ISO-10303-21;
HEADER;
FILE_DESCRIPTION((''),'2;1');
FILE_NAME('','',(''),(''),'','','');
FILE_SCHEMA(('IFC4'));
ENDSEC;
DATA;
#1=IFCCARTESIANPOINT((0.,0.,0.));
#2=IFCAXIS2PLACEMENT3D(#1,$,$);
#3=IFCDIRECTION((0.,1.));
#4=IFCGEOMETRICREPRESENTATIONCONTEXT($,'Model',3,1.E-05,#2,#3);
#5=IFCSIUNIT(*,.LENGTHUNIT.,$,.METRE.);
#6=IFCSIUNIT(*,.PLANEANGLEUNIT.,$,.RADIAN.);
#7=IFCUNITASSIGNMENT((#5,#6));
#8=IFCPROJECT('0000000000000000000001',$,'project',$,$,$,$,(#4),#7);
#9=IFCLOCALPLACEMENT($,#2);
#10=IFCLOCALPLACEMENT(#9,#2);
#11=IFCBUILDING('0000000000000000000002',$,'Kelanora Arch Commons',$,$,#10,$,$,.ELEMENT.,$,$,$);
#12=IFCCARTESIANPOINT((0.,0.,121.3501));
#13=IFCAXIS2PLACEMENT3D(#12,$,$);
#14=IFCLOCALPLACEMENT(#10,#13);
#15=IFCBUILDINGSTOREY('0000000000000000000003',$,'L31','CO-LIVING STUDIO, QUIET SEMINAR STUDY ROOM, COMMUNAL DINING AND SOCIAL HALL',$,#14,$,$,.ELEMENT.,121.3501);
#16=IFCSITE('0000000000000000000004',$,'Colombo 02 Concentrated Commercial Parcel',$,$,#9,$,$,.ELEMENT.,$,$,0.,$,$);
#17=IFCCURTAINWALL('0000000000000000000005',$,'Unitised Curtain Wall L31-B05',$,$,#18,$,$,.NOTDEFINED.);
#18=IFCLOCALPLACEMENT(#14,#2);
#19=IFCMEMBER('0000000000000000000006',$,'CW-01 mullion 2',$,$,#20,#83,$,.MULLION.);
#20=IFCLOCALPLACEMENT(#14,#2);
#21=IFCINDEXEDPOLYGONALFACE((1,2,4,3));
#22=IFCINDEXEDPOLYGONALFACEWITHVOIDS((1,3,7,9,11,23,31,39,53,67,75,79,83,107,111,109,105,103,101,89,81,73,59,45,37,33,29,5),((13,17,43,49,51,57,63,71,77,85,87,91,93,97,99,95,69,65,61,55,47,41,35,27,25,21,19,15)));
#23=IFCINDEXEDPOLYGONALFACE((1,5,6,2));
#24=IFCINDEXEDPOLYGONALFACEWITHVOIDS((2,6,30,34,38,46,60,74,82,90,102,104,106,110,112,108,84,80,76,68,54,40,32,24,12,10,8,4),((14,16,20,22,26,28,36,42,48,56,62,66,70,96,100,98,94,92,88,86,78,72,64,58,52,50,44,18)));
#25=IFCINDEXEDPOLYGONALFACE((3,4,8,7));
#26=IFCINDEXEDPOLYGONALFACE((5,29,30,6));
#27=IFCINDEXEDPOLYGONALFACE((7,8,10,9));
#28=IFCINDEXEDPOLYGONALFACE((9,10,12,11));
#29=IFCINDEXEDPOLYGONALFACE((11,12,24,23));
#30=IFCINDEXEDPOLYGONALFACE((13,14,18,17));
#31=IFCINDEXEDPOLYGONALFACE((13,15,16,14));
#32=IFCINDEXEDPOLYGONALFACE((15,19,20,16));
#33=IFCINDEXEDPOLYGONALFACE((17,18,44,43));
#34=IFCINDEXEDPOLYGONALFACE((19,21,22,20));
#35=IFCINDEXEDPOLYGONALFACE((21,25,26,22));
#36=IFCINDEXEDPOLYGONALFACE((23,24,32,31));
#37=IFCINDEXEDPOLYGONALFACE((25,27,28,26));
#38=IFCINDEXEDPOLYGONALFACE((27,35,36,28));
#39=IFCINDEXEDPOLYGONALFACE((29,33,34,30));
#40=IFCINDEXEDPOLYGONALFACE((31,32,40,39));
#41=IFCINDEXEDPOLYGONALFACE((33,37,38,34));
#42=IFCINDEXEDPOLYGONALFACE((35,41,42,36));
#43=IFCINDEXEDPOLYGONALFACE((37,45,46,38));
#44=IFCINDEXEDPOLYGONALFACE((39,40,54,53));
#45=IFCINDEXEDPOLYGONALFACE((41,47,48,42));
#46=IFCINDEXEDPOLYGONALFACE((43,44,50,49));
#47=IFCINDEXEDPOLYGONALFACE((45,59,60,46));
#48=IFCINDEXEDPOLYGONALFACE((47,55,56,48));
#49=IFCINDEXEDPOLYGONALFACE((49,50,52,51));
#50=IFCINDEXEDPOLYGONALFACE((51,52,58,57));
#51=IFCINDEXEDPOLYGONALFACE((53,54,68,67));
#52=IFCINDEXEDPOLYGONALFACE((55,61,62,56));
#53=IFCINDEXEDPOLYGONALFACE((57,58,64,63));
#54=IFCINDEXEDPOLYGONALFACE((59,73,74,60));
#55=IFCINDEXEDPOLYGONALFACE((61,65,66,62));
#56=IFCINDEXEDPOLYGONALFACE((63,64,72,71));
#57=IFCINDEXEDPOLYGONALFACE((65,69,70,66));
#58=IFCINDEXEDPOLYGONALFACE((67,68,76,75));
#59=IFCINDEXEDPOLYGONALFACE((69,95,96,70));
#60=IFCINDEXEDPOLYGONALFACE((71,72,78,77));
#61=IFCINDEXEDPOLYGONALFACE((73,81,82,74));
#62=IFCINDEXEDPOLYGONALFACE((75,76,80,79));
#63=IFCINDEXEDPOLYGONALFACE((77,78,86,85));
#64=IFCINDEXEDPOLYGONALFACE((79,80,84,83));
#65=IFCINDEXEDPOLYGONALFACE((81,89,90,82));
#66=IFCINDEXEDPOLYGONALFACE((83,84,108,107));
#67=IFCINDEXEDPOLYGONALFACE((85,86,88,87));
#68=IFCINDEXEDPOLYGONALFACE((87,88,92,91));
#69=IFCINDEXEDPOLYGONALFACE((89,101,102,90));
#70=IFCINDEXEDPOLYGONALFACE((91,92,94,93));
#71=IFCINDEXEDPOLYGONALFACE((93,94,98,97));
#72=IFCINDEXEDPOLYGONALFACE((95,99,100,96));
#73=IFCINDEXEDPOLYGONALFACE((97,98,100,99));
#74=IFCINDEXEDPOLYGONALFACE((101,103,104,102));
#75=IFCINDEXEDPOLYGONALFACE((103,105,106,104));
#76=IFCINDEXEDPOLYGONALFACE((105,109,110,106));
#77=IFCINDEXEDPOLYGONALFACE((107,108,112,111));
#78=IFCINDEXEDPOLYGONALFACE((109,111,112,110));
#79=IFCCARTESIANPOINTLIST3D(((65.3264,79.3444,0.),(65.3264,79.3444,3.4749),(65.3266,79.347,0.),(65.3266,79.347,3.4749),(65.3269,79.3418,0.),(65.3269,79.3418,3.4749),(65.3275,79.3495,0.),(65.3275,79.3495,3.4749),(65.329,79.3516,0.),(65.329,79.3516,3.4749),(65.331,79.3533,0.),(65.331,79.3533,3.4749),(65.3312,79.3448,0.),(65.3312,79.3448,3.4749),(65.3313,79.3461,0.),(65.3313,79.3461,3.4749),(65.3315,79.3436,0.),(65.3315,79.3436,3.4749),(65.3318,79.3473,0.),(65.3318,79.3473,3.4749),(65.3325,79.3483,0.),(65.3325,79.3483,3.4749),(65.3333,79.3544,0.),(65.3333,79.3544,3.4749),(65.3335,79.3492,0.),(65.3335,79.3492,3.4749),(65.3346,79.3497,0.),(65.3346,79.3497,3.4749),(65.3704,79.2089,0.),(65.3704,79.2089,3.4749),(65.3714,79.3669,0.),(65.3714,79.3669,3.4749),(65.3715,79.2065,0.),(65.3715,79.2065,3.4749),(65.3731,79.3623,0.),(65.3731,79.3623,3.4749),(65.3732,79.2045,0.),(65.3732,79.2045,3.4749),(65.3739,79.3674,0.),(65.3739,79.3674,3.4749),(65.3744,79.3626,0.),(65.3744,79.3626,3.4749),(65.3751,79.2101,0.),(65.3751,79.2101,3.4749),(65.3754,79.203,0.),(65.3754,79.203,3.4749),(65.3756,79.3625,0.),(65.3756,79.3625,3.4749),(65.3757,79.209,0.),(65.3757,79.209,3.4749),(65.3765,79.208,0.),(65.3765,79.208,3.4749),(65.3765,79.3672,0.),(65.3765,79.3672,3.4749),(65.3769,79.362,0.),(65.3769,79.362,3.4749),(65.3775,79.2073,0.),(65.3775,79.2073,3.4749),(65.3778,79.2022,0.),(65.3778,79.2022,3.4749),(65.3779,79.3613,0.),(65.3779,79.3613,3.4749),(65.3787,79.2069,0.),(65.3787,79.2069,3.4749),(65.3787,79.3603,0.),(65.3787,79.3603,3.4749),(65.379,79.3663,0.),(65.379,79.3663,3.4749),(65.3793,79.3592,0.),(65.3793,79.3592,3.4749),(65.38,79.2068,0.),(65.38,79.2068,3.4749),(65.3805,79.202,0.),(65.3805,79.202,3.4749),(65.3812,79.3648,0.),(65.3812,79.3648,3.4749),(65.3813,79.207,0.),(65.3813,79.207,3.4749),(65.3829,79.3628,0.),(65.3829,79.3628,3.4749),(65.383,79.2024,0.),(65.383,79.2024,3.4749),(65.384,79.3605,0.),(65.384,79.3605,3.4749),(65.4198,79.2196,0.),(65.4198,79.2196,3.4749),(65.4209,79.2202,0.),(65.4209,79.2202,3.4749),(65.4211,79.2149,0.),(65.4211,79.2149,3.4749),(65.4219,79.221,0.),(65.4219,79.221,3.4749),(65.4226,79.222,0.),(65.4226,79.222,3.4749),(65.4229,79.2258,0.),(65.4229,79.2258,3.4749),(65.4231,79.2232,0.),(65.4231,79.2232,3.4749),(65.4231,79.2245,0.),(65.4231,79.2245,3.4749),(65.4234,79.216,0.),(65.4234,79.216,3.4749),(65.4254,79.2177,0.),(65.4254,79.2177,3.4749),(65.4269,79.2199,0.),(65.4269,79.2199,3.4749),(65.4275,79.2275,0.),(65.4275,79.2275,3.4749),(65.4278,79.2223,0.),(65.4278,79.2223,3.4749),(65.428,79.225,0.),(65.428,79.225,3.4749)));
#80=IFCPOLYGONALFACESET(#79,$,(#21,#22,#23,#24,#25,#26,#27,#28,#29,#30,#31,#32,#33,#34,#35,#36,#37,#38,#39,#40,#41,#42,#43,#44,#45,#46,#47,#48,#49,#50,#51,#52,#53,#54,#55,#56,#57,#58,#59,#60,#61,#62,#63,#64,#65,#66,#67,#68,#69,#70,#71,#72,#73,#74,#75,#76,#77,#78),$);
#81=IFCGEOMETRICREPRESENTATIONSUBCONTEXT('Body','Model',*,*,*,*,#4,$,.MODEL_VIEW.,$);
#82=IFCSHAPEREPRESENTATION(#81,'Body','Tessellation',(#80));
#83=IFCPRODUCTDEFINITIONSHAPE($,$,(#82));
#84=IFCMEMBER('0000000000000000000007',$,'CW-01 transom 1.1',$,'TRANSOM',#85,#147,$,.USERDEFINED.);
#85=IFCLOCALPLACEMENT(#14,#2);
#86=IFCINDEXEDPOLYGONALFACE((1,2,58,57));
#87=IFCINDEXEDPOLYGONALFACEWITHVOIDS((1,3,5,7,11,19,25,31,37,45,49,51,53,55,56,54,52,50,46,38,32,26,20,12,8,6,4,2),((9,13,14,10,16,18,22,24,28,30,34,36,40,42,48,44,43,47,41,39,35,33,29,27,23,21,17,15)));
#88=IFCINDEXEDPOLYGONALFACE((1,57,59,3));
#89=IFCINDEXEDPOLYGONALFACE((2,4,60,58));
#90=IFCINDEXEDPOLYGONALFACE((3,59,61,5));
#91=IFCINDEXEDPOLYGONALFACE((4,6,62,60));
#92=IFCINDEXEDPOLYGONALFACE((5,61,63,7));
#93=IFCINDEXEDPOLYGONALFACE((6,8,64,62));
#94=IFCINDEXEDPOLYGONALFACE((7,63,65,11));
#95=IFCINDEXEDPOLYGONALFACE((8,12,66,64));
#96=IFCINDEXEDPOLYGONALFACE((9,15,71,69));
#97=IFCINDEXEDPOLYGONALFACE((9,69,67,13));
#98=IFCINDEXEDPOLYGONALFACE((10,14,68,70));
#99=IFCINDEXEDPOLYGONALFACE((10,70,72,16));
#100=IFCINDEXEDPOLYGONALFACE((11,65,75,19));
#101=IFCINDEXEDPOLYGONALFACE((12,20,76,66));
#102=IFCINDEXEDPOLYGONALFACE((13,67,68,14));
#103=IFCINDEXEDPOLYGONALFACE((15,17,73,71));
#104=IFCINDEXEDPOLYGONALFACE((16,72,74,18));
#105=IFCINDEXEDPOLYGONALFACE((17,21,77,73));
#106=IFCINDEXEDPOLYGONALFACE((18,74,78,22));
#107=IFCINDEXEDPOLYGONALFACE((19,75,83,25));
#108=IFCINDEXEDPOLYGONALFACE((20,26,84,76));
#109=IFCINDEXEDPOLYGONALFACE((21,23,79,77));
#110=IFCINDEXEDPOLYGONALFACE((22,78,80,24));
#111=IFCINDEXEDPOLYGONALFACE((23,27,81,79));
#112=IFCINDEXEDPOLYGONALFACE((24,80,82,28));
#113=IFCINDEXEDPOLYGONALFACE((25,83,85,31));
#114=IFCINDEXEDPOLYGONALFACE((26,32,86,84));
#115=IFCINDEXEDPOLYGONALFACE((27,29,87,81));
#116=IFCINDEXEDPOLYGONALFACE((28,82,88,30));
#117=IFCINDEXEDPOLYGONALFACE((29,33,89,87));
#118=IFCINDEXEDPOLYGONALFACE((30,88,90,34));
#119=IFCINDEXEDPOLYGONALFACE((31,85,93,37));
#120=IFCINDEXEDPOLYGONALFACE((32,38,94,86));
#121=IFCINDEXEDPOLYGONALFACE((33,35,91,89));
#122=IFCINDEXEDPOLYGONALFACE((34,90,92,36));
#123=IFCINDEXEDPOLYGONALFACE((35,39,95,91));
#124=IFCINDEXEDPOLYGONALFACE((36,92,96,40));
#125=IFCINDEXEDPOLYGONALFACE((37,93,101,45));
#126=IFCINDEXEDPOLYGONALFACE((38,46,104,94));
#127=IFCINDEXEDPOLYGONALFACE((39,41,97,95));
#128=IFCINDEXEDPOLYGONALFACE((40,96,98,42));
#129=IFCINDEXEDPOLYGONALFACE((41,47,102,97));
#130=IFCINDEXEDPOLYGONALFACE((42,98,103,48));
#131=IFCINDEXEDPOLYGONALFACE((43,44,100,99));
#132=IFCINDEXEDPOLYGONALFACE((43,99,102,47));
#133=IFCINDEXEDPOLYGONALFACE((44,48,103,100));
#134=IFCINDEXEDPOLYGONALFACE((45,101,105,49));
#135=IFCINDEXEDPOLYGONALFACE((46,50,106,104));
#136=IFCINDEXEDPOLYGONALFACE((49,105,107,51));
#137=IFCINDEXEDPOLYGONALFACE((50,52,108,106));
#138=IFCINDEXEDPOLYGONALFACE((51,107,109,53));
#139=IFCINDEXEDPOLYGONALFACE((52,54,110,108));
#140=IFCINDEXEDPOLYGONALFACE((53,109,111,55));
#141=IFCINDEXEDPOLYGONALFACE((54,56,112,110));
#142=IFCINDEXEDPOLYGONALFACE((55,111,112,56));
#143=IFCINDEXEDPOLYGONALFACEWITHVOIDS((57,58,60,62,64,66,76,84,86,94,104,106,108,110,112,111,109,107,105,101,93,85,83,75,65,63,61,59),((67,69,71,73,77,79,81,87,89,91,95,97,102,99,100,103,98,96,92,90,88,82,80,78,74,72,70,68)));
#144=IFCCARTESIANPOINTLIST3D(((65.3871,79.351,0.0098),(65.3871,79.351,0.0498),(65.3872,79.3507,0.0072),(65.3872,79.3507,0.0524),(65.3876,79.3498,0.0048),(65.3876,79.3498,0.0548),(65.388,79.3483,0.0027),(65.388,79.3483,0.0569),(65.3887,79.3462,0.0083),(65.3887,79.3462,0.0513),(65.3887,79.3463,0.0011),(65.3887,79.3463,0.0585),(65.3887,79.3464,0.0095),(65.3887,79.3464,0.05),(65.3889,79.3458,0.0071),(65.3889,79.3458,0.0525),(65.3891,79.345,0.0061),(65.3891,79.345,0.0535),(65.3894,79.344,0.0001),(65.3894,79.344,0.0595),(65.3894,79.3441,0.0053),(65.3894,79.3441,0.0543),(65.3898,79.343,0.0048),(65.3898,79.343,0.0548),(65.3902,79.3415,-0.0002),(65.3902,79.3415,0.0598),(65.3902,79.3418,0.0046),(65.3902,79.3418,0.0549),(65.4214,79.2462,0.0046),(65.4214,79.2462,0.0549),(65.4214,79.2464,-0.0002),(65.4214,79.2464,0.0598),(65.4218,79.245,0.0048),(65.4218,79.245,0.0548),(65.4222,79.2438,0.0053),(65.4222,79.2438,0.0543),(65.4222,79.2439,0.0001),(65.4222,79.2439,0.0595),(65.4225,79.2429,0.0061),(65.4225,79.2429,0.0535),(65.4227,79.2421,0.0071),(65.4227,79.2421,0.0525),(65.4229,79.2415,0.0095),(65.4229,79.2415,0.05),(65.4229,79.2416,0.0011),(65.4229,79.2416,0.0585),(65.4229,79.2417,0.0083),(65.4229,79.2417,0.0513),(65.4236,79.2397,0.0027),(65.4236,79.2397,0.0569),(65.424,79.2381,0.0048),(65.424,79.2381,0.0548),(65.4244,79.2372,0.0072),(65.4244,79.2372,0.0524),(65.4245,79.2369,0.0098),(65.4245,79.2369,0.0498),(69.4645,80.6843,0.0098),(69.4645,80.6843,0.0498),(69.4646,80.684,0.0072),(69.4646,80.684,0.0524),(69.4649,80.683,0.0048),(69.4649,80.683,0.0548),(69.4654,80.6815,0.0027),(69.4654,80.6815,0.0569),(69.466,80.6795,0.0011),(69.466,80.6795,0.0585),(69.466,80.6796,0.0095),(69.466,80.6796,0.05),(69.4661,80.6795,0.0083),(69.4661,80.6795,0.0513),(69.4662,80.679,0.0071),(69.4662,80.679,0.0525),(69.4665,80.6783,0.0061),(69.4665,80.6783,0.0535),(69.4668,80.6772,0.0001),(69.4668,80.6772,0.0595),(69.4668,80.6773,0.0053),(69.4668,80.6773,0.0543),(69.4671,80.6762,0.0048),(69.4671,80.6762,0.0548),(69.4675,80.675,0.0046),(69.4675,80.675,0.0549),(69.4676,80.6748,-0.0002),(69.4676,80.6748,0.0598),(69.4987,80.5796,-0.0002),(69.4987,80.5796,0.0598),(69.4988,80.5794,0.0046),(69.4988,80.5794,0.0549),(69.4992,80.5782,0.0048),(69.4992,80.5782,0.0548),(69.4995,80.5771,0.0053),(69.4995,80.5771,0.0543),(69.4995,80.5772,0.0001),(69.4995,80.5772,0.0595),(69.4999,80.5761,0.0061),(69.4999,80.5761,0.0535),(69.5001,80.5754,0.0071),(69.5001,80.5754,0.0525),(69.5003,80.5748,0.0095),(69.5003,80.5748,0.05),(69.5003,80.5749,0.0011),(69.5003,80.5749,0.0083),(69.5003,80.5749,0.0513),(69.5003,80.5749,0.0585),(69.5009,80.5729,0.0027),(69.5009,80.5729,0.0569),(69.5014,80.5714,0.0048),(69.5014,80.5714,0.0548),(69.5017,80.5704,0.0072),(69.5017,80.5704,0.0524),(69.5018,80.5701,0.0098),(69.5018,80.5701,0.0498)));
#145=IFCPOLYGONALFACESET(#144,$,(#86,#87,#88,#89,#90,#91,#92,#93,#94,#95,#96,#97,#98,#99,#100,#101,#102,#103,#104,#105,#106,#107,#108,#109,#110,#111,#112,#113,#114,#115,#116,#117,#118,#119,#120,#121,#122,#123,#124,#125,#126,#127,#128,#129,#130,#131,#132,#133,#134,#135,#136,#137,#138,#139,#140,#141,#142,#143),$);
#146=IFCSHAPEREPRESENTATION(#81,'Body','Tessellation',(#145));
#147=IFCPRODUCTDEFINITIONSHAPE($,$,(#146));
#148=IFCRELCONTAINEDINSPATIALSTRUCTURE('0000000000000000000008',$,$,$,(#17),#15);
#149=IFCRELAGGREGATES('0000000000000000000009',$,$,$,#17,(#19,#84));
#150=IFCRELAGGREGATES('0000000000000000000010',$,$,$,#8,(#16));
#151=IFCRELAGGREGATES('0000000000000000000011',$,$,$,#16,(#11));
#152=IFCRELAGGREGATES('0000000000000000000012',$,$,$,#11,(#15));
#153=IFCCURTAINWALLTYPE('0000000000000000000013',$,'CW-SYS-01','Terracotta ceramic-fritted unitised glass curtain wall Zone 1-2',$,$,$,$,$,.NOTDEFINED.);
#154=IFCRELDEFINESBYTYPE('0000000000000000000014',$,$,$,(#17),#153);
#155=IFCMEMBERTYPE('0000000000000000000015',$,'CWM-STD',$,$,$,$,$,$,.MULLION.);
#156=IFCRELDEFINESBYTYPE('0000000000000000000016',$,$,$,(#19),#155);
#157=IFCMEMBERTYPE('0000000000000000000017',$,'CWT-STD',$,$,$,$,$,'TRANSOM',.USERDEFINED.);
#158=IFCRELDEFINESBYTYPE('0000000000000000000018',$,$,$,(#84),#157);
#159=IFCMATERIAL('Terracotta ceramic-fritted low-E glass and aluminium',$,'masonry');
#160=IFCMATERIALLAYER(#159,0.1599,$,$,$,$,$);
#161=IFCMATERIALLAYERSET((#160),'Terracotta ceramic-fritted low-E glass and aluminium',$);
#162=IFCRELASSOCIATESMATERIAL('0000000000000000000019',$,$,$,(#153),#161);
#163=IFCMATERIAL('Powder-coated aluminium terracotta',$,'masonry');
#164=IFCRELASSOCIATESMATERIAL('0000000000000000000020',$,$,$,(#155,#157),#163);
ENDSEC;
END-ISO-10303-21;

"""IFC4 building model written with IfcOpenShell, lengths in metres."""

from ifc_helpers import new_model, si_unit, direction, frame, origin, origin_2d, place, context, subcontext, project, spatial, hollow_rectangle, extrude, material, layer, layer_set, material_profile, profile_set, type_object, element, aggregate, save


model = new_model("IFC4")

# Units and contexts
model_context = context("Model", 3, precision=1e-05, world=origin(), true_north=direction((0.0, 1.0)))
body_context = subcontext(model_context, "Body", "Model", "MODEL_VIEW")
ifc_project = project(units=[si_unit("LENGTHUNIT", "METRE"), si_unit("PLANEANGLEUNIT", "RADIAN")], contexts=[model_context])

# Site, building, storey
site_placement = place(None, origin())
site = spatial("IfcSite", under=ifc_project, at=site_placement, Name="Colombo 02 Concentrated Commercial Parcel", CompositionType="ELEMENT", RefElevation=0.0)
building_placement = place(site_placement, origin())
building = spatial("IfcBuilding", under=site, at=building_placement, Name="Kelanora Arch Commons", CompositionType="ELEMENT")
storey_placement = place(building_placement, frame((0.0, 0.0, 121.3501)))
storey = spatial("IfcBuildingStorey", under=building, at=storey_placement, Name="L31", Description="CO-LIVING STUDIO, QUIET SEMINAR STUDY ROOM, COMMUNAL DINING AND SOCIAL HALL", CompositionType="ELEMENT", Elevation=121.3501)

# Curtain wall, members
ifc_material_1 = material(Name="Terracotta ceramic-fritted low-E glass and aluminium", Category="masonry")
ifc_layer_1 = layer(ifc_material_1, 0.1599)
ifc_layer_set_1 = layer_set([ifc_layer_1], Name="Terracotta ceramic-fritted low-E glass and aluminium")
curtain_wall_type = type_object("IfcCurtainWallType", Name="CW-SYS-01", Description="Terracotta ceramic-fritted unitised glass curtain wall Zone 1-2", PredefinedType="NOTDEFINED", material=ifc_layer_set_1)
curtain_wall_placement = place(storey_placement, origin())
curtain_wall = element("IfcCurtainWall", 1, at=curtain_wall_placement, inside=storey, type_object=curtain_wall_type, Name="Unitised Curtain Wall L31-B05", PredefinedType="NOTDEFINED")
ifc_material_2 = material(Name="Powder-coated aluminium terracotta", Category="masonry")
ifc_material_profile_1 = material_profile(ifc_material_2, hollow_rectangle(XDim=0.1599, YDim=0.0601, WallThickness=0.0049, InnerFilletRadius=0.0049, OuterFilletRadius=0.01, at=origin_2d()), Name="CWM160x60")
ifc_profile_set_1 = profile_set([ifc_material_profile_1], Name="Powder-coated aluminium terracotta")
member_type_1 = type_object("IfcMemberType", Name="CWM-STD", PredefinedType="MULLION", material=ifc_profile_set_1)
member_1_placement = place(storey_placement, frame((65.3772, 79.2847, 0.0), z_axis=(0.0, 0.0, 1.0), x_axis=(0.310805, -0.950474, 0.0)))
member_1 = element("IfcMember", 2, at=member_1_placement, type_object=member_type_1, Name="CW-01 mullion 2", PredefinedType="MULLION", context=body_context, shape_type="SweptSolid", body=[
    extrude(hollow_rectangle(XDim=0.1599, YDim=0.0601, WallThickness=0.0049, InnerFilletRadius=0.0049, OuterFilletRadius=0.01, at=origin_2d()), origin(), (0.0, 0.0, 1.0), 3.4749),
])
ifc_material_profile_2 = material_profile(ifc_material_2, hollow_rectangle(XDim=0.1201, YDim=0.0601, WallThickness=0.0049, InnerFilletRadius=0.0049, OuterFilletRadius=0.01, at=origin_2d()), Name="CWT120x60")
ifc_profile_set_2 = profile_set([ifc_material_profile_2], Name="Powder-coated aluminium terracotta")
member_type_2 = type_object("IfcMemberType", Name="CWT-STD", ElementType="TRANSOM", PredefinedType="USERDEFINED", material=ifc_profile_set_2)
member_2_placement = place(storey_placement, frame((69.4832, 80.6272, 0.0298), z_axis=(-0.950478, -0.310793, 0.0), x_axis=(0.310793, -0.950478, 0.0)))
member_2 = element("IfcMember", 3, at=member_2_placement, type_object=member_type_2, Name="CW-01 transom 1.1", ObjectType="TRANSOM", PredefinedType="USERDEFINED", context=body_context, shape_type="SweptSolid", body=[
    extrude(hollow_rectangle(XDim=0.1201, YDim=0.0601, WallThickness=0.0049, InnerFilletRadius=0.0049, OuterFilletRadius=0.01, at=origin_2d()), origin(), (0.0, 0.0, 1.0), 4.2898),
])
aggregate(curtain_wall, [member_1, member_2])

save(model, "model.ifc")
